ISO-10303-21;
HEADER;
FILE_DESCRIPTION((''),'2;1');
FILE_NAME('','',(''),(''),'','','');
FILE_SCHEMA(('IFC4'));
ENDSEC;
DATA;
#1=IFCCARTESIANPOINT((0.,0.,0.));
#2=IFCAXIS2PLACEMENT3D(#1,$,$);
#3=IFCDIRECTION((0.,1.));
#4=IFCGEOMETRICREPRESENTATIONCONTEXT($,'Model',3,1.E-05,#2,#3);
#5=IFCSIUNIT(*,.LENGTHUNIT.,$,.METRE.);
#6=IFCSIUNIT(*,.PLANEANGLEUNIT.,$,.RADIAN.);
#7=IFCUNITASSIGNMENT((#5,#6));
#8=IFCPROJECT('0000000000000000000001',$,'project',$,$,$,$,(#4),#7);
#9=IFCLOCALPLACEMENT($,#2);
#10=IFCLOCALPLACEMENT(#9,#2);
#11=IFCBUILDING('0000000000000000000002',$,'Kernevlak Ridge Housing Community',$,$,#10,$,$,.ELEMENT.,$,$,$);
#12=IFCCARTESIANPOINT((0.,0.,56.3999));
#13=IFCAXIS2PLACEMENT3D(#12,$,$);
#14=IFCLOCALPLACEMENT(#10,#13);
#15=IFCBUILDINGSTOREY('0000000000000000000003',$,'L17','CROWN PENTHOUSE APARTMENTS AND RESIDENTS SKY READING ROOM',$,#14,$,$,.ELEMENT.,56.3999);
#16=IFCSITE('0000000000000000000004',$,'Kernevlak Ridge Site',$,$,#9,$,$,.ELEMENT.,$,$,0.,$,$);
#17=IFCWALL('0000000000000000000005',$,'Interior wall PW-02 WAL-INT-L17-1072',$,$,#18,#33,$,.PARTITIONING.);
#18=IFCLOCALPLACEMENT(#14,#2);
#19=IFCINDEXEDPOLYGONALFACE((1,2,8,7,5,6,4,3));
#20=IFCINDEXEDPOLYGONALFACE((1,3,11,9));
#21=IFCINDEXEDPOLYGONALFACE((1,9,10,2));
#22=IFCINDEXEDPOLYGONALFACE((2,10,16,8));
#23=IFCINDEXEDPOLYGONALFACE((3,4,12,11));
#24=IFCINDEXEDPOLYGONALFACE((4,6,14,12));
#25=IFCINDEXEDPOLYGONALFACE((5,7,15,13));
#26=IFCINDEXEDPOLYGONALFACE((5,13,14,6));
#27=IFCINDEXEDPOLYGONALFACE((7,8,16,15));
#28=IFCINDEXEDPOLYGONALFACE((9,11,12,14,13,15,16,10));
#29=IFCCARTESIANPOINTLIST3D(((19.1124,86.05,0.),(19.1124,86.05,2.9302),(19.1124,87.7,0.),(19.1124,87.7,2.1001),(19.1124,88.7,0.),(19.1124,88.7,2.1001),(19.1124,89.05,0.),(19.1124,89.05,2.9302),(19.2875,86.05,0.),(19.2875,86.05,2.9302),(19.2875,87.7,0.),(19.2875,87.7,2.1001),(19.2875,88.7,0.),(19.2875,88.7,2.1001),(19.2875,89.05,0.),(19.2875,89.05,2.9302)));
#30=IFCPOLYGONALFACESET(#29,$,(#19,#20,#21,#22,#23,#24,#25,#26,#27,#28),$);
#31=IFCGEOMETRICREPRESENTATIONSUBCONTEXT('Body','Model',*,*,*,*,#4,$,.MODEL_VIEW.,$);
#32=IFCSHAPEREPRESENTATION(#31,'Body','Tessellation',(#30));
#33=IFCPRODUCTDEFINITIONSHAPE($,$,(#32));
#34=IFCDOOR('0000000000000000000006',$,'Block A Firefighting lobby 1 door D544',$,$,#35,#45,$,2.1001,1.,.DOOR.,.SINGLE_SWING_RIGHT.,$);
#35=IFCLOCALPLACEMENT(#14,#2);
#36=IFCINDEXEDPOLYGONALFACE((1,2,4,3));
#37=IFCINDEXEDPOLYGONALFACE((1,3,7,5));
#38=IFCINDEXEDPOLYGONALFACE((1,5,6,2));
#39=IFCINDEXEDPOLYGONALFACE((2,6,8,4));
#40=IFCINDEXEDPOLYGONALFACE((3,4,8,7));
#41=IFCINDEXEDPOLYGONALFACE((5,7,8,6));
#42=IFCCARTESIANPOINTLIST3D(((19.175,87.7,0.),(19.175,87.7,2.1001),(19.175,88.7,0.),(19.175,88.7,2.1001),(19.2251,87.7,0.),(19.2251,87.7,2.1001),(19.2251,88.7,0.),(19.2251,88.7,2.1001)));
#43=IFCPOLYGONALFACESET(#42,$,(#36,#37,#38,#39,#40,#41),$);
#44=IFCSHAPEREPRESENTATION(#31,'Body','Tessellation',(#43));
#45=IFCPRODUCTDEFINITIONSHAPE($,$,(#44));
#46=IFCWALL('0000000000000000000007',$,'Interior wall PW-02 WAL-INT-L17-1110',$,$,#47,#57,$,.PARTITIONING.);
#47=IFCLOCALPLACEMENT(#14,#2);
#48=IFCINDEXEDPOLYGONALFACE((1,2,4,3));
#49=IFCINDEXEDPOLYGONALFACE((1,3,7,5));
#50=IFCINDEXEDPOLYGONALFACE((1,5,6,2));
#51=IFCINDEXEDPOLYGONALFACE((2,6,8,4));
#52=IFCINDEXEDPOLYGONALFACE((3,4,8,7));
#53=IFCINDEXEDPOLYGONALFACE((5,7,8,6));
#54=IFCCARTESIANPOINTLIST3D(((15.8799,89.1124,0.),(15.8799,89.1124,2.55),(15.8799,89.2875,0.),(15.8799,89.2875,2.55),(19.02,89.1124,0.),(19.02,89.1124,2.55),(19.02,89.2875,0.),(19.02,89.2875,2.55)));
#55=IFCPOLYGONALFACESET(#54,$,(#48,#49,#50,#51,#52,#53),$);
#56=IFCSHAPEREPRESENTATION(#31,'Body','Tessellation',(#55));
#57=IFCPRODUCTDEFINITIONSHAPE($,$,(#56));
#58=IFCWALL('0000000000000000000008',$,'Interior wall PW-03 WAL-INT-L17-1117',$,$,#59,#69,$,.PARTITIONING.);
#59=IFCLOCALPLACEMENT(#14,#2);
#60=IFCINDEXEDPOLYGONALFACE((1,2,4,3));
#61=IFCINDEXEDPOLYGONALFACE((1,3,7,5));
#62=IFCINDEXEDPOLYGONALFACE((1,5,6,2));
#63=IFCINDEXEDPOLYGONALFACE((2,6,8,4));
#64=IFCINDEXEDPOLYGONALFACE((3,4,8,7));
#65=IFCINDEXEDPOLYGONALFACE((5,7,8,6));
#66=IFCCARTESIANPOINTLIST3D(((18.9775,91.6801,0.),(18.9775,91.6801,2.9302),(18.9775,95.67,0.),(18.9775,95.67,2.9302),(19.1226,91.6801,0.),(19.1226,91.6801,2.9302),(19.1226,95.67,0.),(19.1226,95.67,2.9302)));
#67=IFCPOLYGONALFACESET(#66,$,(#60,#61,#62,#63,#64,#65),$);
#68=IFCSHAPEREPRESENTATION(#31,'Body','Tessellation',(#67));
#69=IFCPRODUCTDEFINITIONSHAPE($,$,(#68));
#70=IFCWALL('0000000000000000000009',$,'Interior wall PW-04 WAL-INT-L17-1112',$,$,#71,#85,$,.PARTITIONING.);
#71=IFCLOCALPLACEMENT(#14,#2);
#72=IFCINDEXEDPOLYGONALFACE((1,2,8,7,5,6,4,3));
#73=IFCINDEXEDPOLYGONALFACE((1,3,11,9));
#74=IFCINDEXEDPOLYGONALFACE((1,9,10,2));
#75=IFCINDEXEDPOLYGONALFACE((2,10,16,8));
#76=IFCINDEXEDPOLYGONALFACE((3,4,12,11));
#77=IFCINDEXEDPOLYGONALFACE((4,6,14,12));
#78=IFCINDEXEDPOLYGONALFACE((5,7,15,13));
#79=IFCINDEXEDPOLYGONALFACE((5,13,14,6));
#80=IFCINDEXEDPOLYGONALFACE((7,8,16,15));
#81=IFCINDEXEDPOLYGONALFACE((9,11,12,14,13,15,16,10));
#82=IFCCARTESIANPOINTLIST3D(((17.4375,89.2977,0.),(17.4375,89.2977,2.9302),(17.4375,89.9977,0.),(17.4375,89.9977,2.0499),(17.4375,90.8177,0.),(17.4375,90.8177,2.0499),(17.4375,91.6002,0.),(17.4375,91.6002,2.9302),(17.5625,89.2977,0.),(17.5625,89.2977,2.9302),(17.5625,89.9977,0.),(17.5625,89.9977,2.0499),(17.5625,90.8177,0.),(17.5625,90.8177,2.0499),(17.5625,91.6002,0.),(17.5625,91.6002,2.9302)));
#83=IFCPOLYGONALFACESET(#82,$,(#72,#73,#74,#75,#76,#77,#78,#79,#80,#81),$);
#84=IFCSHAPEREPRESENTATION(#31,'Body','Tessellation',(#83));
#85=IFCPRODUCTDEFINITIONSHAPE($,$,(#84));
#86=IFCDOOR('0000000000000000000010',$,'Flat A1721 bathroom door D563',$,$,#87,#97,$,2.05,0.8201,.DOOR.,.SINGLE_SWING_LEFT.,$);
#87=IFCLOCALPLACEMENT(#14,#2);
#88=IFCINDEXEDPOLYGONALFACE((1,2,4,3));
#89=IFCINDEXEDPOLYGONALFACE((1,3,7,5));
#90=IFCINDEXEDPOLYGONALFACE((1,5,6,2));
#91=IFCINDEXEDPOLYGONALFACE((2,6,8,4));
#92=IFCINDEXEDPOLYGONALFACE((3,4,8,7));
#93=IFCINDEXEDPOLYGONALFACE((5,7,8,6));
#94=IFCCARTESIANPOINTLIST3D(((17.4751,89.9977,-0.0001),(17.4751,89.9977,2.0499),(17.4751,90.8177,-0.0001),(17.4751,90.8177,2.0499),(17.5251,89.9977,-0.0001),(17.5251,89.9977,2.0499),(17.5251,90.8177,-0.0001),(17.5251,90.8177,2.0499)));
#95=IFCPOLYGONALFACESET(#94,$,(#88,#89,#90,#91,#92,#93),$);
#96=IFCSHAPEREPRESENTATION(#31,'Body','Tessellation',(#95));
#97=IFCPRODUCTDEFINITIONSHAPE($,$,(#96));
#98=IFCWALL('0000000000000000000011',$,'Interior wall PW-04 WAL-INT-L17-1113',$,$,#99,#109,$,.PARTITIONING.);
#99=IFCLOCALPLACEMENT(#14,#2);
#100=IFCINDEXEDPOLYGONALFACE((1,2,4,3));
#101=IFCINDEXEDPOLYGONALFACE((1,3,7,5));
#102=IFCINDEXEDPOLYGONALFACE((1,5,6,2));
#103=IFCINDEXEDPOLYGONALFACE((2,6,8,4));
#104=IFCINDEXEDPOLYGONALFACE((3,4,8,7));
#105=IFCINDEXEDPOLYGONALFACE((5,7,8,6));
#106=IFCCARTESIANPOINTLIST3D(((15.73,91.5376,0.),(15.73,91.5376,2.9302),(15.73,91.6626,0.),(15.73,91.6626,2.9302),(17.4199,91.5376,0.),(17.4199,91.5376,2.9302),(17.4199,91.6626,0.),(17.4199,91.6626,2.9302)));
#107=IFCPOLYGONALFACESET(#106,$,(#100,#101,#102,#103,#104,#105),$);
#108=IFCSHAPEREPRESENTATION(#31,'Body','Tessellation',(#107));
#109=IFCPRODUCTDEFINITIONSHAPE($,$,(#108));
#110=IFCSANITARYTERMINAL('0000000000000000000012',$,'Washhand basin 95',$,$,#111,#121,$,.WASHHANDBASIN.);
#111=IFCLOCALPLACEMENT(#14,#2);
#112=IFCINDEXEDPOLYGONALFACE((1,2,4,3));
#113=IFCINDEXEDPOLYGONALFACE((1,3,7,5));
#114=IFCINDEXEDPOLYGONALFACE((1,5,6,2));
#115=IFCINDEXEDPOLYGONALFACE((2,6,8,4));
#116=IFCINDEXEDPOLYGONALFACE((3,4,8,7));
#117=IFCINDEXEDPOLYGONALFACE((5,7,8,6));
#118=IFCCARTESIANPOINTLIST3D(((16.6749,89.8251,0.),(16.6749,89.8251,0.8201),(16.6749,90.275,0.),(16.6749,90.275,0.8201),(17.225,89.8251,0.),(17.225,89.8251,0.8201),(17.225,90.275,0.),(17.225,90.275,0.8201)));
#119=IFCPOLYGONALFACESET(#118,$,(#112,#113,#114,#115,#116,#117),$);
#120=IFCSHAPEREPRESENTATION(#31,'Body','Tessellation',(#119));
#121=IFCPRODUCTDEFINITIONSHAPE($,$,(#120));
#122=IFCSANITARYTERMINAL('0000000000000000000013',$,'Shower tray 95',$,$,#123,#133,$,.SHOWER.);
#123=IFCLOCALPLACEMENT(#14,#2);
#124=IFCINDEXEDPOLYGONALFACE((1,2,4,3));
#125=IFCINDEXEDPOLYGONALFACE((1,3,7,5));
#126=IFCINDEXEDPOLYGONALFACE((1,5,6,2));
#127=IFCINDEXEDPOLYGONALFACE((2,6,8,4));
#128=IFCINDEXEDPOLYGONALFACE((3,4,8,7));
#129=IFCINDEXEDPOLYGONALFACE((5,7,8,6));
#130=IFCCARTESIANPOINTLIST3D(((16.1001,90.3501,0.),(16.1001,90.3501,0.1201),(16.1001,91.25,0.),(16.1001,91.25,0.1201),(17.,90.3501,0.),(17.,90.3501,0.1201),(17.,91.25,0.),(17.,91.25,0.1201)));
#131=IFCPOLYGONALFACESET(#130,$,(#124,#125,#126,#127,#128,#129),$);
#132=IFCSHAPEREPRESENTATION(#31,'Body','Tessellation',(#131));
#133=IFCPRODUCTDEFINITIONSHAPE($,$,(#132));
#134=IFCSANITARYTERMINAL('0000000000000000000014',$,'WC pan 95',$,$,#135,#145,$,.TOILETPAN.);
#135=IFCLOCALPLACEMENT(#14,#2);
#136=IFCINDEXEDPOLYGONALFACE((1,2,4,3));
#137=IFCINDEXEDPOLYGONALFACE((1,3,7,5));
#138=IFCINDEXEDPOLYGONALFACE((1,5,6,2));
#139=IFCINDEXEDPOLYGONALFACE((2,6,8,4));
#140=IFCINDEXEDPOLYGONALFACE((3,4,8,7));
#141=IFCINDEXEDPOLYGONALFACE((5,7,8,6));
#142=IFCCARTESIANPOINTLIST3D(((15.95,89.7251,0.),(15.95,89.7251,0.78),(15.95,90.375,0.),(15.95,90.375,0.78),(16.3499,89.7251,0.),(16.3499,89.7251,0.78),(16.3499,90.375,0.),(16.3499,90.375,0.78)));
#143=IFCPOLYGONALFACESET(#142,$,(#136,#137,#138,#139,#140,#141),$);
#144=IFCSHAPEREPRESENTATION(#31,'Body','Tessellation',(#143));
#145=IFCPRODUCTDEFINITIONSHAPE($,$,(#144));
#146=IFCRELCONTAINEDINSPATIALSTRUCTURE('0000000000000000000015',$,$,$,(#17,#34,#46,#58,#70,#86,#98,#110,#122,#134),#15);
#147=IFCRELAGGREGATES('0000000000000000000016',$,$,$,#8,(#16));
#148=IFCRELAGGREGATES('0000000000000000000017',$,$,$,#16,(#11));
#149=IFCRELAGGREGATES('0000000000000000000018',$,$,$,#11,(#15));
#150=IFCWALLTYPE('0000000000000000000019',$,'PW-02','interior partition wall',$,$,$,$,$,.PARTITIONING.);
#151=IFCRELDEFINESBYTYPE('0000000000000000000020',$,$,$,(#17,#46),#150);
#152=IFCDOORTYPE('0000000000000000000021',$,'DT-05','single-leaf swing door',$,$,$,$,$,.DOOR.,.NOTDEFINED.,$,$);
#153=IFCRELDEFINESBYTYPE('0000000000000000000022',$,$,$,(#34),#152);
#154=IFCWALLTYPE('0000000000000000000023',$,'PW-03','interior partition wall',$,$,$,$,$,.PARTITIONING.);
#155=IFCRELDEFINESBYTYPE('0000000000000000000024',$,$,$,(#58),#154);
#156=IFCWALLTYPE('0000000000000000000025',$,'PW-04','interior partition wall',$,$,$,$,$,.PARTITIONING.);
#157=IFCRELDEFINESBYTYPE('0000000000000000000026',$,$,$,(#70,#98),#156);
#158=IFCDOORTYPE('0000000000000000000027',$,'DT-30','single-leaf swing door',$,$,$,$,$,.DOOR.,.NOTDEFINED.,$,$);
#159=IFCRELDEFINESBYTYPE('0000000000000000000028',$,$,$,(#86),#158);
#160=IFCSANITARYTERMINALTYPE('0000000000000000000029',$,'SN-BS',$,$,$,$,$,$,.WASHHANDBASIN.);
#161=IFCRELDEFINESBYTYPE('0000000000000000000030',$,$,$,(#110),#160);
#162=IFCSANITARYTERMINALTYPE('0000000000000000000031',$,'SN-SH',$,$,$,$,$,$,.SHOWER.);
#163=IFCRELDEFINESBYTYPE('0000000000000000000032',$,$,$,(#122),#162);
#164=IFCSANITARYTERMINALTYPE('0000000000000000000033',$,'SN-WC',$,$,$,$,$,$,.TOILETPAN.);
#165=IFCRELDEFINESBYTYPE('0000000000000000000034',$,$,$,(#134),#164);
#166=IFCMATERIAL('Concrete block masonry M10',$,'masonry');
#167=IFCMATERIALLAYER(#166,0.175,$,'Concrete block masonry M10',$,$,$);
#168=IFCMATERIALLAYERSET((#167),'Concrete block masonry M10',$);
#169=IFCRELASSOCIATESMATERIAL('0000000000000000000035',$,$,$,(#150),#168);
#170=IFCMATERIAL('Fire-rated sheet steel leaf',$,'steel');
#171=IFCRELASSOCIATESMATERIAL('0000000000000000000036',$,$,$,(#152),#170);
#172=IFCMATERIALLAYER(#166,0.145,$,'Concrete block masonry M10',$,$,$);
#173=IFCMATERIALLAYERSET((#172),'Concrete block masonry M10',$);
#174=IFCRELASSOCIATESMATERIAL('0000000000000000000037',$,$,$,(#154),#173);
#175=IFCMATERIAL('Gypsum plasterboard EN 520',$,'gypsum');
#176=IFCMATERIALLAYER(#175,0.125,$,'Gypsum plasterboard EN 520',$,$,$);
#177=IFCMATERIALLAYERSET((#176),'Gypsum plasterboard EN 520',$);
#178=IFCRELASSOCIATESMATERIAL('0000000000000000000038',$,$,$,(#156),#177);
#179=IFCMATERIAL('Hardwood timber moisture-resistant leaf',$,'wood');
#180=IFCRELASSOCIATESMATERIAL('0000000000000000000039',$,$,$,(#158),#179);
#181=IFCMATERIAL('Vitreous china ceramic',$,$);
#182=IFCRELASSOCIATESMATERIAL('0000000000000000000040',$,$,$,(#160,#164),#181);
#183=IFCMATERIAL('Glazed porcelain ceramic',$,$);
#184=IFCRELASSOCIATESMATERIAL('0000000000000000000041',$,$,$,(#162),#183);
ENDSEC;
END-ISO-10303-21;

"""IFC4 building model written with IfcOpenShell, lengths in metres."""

from ifc_helpers import new_model, si_unit, direction, frame, frame_2d, origin, origin_2d, place, context, subcontext, project, spatial, rectangle, extrude, material, layer, layer_set, type_object, element, fill, save


model = new_model("IFC4")

# Units and contexts
model_context = context("Model", 3, precision=1e-05, world=origin(), true_north=direction((0.0, 1.0)))
body_context = subcontext(model_context, "Body", "Model", "MODEL_VIEW")
ifc_project = project(units=[si_unit("LENGTHUNIT", "METRE"), si_unit("PLANEANGLEUNIT", "RADIAN")], contexts=[model_context])

# Site, building, storey
site_placement = place(None, origin())
site = spatial("IfcSite", under=ifc_project, at=site_placement, Name="Kernevlak Ridge Site", CompositionType="ELEMENT", RefElevation=0.0)
building_placement = place(site_placement, origin())
building = spatial("IfcBuilding", under=site, at=building_placement, Name="Kernevlak Ridge Housing Community", CompositionType="ELEMENT")
storey_placement = place(building_placement, frame((0.0, 0.0, 56.3999)))
storey = spatial("IfcBuildingStorey", under=building, at=storey_placement, Name="L17", Description="CROWN PENTHOUSE APARTMENTS AND RESIDENTS SKY READING ROOM", CompositionType="ELEMENT", Elevation=56.3999)

# Shared definitions
ifc_material_1 = material(Name="Concrete block masonry M10", Category="masonry")

# Wall, opening, door
ifc_material_2 = material(Name="Fire-rated sheet steel leaf", Category="steel")
ifc_layer_1 = layer(ifc_material_1, 0.175, Name="Concrete block masonry M10")
ifc_layer_set_1 = layer_set([ifc_layer_1], Name="Concrete block masonry M10")
wall_type_1 = type_object("IfcWallType", Name="PW-02", Description="interior partition wall", PredefinedType="PARTITIONING", material=ifc_layer_set_1)
wall_1_placement = place(storey_placement, frame((19.2, 86.05, 0.0), z_axis=(0.0, 0.0, 1.0), x_axis=(0.0, 1.0, 0.0)))
wall_1 = element("IfcWall", 1, at=wall_1_placement, inside=storey, type_object=wall_type_1, Name="Interior wall PW-02 WAL-INT-L17-1072", PredefinedType="PARTITIONING", context=body_context, shape_type="SweptSolid", body=[
    extrude(rectangle(XDim=3.0, YDim=0.175, at=frame_2d((1.5, 0.0))), origin(), (0.0, 0.0, 1.0), 2.9302),
])
opening_1_placement = place(wall_1_placement, frame((1.6499, 0.0, 0.0)))
opening_1 = element("IfcOpeningElement", 2, at=opening_1_placement, cuts=wall_1, PredefinedType="OPENING", context=body_context, shape_type="SweptSolid", body=[
    extrude(rectangle(XDim=1.0, YDim=2.1001, at=frame_2d((0.5, 1.05))), frame((0.0, 0.0974, 0.0), z_axis=(0.0, -1.0, 0.0), x_axis=(1.0, 0.0, 0.0)), (0.0, 0.0, 1.0), 0.1951),
])
door_type_1 = type_object("IfcDoorType", Name="DT-05", Description="single-leaf swing door", OperationType="NOTDEFINED", PredefinedType="DOOR", material=ifc_material_2)
door_1_placement = place(opening_1_placement, origin())
door_1 = element("IfcDoor", 3, at=door_1_placement, inside=storey, type_object=door_type_1, Name="Block A Firefighting lobby 1 door D544", OperationType="SINGLE_SWING_RIGHT", OverallHeight=2.1001, OverallWidth=1.0, PredefinedType="DOOR", context=body_context, shape_type="SweptSolid", body=[
    extrude(rectangle(XDim=1.0, YDim=2.1001, at=frame_2d((0.5, 1.05))), frame((0.0, 0.0249, 0.0), z_axis=(0.0, -1.0, 0.0), x_axis=(1.0, 0.0, 0.0)), (0.0, 0.0, 1.0), 0.05),
])
fill(opening_1, door_1)

# Walls
wall_2_placement = place(storey_placement, frame((15.8799, 89.2, 0.0), z_axis=(0.0, 0.0, 1.0), x_axis=(1.0, 0.0, 0.0)))
element("IfcWall", 4, at=wall_2_placement, inside=storey, type_object=wall_type_1, Name="Interior wall PW-02 WAL-INT-L17-1110", PredefinedType="PARTITIONING", context=body_context, shape_type="SweptSolid", body=[
    extrude(rectangle(XDim=3.1401, YDim=0.175, at=frame_2d((1.5701, 0.0))), origin(), (0.0, 0.0, 1.0), 2.55),
])
ifc_layer_2 = layer(ifc_material_1, 0.145, Name="Concrete block masonry M10")
ifc_layer_set_2 = layer_set([ifc_layer_2], Name="Concrete block masonry M10")
wall_type_2 = type_object("IfcWallType", Name="PW-03", Description="interior partition wall", PredefinedType="PARTITIONING", material=ifc_layer_set_2)
wall_3_placement = place(storey_placement, frame((19.05, 91.6799, 0.0), z_axis=(0.0, 0.0, 1.0), x_axis=(0.0, 1.0, 0.0)))
element("IfcWall", 5, at=wall_3_placement, inside=storey, type_object=wall_type_2, Name="Interior wall PW-03 WAL-INT-L17-1117", PredefinedType="PARTITIONING", context=body_context, shape_type="SweptSolid", body=[
    extrude(rectangle(XDim=3.99, YDim=0.145, at=frame_2d((1.9951, 0.0))), origin(), (0.0, 0.0, 1.0), 2.9302),
])

# Wall, opening, door
ifc_material_3 = material(Name="Gypsum plasterboard EN 520", Category="gypsum")
ifc_layer_3 = layer(ifc_material_3, 0.125, Name="Gypsum plasterboard EN 520")
ifc_layer_set_3 = layer_set([ifc_layer_3], Name="Gypsum plasterboard EN 520")
wall_type_3 = type_object("IfcWallType", Name="PW-04", Description="interior partition wall", PredefinedType="PARTITIONING", material=ifc_layer_set_3)
wall_4_placement = place(storey_placement, frame((17.5, 89.2976, 0.0), z_axis=(0.0, 0.0, 1.0), x_axis=(0.0, 1.0, 0.0)))
wall_4 = element("IfcWall", 6, at=wall_4_placement, inside=storey, type_object=wall_type_3, Name="Interior wall PW-04 WAL-INT-L17-1112", PredefinedType="PARTITIONING", context=body_context, shape_type="SweptSolid", body=[
    extrude(rectangle(XDim=2.3025, YDim=0.125, at=frame_2d((1.1514, 0.0))), origin(), (0.0, 0.0, 1.0), 2.9302),
])
opening_2_placement = place(wall_4_placement, frame((0.7, 0.0, 0.0)))
opening_2 = element("IfcOpeningElement", 7, at=opening_2_placement, cuts=wall_4, PredefinedType="OPENING", context=body_context, shape_type="SweptSolid", body=[
    extrude(rectangle(XDim=0.8201, YDim=2.05, at=frame_2d((0.4102, 1.0249))), frame((0.0, 0.0725, 0.0), z_axis=(0.0, -1.0, 0.0), x_axis=(1.0, 0.0, 0.0)), (0.0, 0.0, 1.0), 0.145),
])
ifc_material_4 = material(Name="Hardwood timber moisture-resistant leaf", Category="wood")
door_type_2 = type_object("IfcDoorType", Name="DT-30", Description="single-leaf swing door", OperationType="NOTDEFINED", PredefinedType="DOOR", material=ifc_material_4)
door_2_placement = place(opening_2_placement, origin())
door_2 = element("IfcDoor", 8, at=door_2_placement, inside=storey, type_object=door_type_2, Name="Flat A1721 bathroom door D563", OperationType="SINGLE_SWING_LEFT", OverallHeight=2.05, OverallWidth=0.8201, PredefinedType="DOOR", context=body_context, shape_type="SweptSolid", body=[
    extrude(rectangle(XDim=0.8201, YDim=2.05, at=frame_2d((0.4102, 1.0249))), frame((0.0, 0.0249, 0.0), z_axis=(0.0, -1.0, 0.0), x_axis=(1.0, 0.0, 0.0)), (0.0, 0.0, 1.0), 0.05),
])
fill(opening_2, door_2)

# Wall
wall_5_placement = place(storey_placement, frame((15.73, 91.6001, 0.0), z_axis=(0.0, 0.0, 1.0), x_axis=(1.0, 0.0, 0.0)))
element("IfcWall", 9, at=wall_5_placement, inside=storey, type_object=wall_type_3, Name="Interior wall PW-04 WAL-INT-L17-1113", PredefinedType="PARTITIONING", context=body_context, shape_type="SweptSolid", body=[
    extrude(rectangle(XDim=1.6899, YDim=0.125, at=frame_2d((0.845, 0.0))), origin(), (0.0, 0.0, 1.0), 2.9302),
])

# Sanitary terminals
ifc_material_5 = material(Name="Vitreous china ceramic")
sanitary_terminal_type_1 = type_object("IfcSanitaryTerminalType", Name="SN-BS", PredefinedType="WASHHANDBASIN", material=ifc_material_5)
sanitary_terminal_1_placement = place(storey_placement, frame((16.95, 90.05, 0.0), z_axis=(0.0, 0.0, 1.0), x_axis=(1.0, 0.0, 0.0)))
element("IfcSanitaryTerminal", 10, at=sanitary_terminal_1_placement, inside=storey, type_object=sanitary_terminal_type_1, Name="Washhand basin 95", PredefinedType="WASHHANDBASIN", context=body_context, shape_type="SweptSolid", body=[
    extrude(rectangle(XDim=0.55, YDim=0.45, at=origin_2d()), origin(), (0.0, 0.0, 1.0), 0.8201),
])
ifc_material_6 = material(Name="Glazed porcelain ceramic")
sanitary_terminal_type_2 = type_object("IfcSanitaryTerminalType", Name="SN-SH", PredefinedType="SHOWER", material=ifc_material_6)
sanitary_terminal_2_placement = place(storey_placement, frame((16.55, 90.8, 0.0), z_axis=(0.0, 0.0, 1.0), x_axis=(1.0, 0.0, 0.0)))
element("IfcSanitaryTerminal", 11, at=sanitary_terminal_2_placement, inside=storey, type_object=sanitary_terminal_type_2, Name="Shower tray 95", PredefinedType="SHOWER", context=body_context, shape_type="SweptSolid", body=[
    extrude(rectangle(XDim=0.8999, YDim=0.8999, at=origin_2d()), origin(), (0.0, 0.0, 1.0), 0.1201),
])
sanitary_terminal_type_3 = type_object("IfcSanitaryTerminalType", Name="SN-WC", PredefinedType="TOILETPAN", material=ifc_material_5)
sanitary_terminal_3_placement = place(storey_placement, frame((16.1499, 90.05, 0.0), z_axis=(0.0, 0.0, 1.0), x_axis=(1.0, 0.0, 0.0)))
element("IfcSanitaryTerminal", 12, at=sanitary_terminal_3_placement, inside=storey, type_object=sanitary_terminal_type_3, Name="WC pan 95", PredefinedType="TOILETPAN", context=body_context, shape_type="SweptSolid", body=[
    extrude(rectangle(XDim=0.3999, YDim=0.6499, at=origin_2d()), origin(), (0.0, 0.0, 1.0), 0.78),
])

save(model, "model.ifc")
